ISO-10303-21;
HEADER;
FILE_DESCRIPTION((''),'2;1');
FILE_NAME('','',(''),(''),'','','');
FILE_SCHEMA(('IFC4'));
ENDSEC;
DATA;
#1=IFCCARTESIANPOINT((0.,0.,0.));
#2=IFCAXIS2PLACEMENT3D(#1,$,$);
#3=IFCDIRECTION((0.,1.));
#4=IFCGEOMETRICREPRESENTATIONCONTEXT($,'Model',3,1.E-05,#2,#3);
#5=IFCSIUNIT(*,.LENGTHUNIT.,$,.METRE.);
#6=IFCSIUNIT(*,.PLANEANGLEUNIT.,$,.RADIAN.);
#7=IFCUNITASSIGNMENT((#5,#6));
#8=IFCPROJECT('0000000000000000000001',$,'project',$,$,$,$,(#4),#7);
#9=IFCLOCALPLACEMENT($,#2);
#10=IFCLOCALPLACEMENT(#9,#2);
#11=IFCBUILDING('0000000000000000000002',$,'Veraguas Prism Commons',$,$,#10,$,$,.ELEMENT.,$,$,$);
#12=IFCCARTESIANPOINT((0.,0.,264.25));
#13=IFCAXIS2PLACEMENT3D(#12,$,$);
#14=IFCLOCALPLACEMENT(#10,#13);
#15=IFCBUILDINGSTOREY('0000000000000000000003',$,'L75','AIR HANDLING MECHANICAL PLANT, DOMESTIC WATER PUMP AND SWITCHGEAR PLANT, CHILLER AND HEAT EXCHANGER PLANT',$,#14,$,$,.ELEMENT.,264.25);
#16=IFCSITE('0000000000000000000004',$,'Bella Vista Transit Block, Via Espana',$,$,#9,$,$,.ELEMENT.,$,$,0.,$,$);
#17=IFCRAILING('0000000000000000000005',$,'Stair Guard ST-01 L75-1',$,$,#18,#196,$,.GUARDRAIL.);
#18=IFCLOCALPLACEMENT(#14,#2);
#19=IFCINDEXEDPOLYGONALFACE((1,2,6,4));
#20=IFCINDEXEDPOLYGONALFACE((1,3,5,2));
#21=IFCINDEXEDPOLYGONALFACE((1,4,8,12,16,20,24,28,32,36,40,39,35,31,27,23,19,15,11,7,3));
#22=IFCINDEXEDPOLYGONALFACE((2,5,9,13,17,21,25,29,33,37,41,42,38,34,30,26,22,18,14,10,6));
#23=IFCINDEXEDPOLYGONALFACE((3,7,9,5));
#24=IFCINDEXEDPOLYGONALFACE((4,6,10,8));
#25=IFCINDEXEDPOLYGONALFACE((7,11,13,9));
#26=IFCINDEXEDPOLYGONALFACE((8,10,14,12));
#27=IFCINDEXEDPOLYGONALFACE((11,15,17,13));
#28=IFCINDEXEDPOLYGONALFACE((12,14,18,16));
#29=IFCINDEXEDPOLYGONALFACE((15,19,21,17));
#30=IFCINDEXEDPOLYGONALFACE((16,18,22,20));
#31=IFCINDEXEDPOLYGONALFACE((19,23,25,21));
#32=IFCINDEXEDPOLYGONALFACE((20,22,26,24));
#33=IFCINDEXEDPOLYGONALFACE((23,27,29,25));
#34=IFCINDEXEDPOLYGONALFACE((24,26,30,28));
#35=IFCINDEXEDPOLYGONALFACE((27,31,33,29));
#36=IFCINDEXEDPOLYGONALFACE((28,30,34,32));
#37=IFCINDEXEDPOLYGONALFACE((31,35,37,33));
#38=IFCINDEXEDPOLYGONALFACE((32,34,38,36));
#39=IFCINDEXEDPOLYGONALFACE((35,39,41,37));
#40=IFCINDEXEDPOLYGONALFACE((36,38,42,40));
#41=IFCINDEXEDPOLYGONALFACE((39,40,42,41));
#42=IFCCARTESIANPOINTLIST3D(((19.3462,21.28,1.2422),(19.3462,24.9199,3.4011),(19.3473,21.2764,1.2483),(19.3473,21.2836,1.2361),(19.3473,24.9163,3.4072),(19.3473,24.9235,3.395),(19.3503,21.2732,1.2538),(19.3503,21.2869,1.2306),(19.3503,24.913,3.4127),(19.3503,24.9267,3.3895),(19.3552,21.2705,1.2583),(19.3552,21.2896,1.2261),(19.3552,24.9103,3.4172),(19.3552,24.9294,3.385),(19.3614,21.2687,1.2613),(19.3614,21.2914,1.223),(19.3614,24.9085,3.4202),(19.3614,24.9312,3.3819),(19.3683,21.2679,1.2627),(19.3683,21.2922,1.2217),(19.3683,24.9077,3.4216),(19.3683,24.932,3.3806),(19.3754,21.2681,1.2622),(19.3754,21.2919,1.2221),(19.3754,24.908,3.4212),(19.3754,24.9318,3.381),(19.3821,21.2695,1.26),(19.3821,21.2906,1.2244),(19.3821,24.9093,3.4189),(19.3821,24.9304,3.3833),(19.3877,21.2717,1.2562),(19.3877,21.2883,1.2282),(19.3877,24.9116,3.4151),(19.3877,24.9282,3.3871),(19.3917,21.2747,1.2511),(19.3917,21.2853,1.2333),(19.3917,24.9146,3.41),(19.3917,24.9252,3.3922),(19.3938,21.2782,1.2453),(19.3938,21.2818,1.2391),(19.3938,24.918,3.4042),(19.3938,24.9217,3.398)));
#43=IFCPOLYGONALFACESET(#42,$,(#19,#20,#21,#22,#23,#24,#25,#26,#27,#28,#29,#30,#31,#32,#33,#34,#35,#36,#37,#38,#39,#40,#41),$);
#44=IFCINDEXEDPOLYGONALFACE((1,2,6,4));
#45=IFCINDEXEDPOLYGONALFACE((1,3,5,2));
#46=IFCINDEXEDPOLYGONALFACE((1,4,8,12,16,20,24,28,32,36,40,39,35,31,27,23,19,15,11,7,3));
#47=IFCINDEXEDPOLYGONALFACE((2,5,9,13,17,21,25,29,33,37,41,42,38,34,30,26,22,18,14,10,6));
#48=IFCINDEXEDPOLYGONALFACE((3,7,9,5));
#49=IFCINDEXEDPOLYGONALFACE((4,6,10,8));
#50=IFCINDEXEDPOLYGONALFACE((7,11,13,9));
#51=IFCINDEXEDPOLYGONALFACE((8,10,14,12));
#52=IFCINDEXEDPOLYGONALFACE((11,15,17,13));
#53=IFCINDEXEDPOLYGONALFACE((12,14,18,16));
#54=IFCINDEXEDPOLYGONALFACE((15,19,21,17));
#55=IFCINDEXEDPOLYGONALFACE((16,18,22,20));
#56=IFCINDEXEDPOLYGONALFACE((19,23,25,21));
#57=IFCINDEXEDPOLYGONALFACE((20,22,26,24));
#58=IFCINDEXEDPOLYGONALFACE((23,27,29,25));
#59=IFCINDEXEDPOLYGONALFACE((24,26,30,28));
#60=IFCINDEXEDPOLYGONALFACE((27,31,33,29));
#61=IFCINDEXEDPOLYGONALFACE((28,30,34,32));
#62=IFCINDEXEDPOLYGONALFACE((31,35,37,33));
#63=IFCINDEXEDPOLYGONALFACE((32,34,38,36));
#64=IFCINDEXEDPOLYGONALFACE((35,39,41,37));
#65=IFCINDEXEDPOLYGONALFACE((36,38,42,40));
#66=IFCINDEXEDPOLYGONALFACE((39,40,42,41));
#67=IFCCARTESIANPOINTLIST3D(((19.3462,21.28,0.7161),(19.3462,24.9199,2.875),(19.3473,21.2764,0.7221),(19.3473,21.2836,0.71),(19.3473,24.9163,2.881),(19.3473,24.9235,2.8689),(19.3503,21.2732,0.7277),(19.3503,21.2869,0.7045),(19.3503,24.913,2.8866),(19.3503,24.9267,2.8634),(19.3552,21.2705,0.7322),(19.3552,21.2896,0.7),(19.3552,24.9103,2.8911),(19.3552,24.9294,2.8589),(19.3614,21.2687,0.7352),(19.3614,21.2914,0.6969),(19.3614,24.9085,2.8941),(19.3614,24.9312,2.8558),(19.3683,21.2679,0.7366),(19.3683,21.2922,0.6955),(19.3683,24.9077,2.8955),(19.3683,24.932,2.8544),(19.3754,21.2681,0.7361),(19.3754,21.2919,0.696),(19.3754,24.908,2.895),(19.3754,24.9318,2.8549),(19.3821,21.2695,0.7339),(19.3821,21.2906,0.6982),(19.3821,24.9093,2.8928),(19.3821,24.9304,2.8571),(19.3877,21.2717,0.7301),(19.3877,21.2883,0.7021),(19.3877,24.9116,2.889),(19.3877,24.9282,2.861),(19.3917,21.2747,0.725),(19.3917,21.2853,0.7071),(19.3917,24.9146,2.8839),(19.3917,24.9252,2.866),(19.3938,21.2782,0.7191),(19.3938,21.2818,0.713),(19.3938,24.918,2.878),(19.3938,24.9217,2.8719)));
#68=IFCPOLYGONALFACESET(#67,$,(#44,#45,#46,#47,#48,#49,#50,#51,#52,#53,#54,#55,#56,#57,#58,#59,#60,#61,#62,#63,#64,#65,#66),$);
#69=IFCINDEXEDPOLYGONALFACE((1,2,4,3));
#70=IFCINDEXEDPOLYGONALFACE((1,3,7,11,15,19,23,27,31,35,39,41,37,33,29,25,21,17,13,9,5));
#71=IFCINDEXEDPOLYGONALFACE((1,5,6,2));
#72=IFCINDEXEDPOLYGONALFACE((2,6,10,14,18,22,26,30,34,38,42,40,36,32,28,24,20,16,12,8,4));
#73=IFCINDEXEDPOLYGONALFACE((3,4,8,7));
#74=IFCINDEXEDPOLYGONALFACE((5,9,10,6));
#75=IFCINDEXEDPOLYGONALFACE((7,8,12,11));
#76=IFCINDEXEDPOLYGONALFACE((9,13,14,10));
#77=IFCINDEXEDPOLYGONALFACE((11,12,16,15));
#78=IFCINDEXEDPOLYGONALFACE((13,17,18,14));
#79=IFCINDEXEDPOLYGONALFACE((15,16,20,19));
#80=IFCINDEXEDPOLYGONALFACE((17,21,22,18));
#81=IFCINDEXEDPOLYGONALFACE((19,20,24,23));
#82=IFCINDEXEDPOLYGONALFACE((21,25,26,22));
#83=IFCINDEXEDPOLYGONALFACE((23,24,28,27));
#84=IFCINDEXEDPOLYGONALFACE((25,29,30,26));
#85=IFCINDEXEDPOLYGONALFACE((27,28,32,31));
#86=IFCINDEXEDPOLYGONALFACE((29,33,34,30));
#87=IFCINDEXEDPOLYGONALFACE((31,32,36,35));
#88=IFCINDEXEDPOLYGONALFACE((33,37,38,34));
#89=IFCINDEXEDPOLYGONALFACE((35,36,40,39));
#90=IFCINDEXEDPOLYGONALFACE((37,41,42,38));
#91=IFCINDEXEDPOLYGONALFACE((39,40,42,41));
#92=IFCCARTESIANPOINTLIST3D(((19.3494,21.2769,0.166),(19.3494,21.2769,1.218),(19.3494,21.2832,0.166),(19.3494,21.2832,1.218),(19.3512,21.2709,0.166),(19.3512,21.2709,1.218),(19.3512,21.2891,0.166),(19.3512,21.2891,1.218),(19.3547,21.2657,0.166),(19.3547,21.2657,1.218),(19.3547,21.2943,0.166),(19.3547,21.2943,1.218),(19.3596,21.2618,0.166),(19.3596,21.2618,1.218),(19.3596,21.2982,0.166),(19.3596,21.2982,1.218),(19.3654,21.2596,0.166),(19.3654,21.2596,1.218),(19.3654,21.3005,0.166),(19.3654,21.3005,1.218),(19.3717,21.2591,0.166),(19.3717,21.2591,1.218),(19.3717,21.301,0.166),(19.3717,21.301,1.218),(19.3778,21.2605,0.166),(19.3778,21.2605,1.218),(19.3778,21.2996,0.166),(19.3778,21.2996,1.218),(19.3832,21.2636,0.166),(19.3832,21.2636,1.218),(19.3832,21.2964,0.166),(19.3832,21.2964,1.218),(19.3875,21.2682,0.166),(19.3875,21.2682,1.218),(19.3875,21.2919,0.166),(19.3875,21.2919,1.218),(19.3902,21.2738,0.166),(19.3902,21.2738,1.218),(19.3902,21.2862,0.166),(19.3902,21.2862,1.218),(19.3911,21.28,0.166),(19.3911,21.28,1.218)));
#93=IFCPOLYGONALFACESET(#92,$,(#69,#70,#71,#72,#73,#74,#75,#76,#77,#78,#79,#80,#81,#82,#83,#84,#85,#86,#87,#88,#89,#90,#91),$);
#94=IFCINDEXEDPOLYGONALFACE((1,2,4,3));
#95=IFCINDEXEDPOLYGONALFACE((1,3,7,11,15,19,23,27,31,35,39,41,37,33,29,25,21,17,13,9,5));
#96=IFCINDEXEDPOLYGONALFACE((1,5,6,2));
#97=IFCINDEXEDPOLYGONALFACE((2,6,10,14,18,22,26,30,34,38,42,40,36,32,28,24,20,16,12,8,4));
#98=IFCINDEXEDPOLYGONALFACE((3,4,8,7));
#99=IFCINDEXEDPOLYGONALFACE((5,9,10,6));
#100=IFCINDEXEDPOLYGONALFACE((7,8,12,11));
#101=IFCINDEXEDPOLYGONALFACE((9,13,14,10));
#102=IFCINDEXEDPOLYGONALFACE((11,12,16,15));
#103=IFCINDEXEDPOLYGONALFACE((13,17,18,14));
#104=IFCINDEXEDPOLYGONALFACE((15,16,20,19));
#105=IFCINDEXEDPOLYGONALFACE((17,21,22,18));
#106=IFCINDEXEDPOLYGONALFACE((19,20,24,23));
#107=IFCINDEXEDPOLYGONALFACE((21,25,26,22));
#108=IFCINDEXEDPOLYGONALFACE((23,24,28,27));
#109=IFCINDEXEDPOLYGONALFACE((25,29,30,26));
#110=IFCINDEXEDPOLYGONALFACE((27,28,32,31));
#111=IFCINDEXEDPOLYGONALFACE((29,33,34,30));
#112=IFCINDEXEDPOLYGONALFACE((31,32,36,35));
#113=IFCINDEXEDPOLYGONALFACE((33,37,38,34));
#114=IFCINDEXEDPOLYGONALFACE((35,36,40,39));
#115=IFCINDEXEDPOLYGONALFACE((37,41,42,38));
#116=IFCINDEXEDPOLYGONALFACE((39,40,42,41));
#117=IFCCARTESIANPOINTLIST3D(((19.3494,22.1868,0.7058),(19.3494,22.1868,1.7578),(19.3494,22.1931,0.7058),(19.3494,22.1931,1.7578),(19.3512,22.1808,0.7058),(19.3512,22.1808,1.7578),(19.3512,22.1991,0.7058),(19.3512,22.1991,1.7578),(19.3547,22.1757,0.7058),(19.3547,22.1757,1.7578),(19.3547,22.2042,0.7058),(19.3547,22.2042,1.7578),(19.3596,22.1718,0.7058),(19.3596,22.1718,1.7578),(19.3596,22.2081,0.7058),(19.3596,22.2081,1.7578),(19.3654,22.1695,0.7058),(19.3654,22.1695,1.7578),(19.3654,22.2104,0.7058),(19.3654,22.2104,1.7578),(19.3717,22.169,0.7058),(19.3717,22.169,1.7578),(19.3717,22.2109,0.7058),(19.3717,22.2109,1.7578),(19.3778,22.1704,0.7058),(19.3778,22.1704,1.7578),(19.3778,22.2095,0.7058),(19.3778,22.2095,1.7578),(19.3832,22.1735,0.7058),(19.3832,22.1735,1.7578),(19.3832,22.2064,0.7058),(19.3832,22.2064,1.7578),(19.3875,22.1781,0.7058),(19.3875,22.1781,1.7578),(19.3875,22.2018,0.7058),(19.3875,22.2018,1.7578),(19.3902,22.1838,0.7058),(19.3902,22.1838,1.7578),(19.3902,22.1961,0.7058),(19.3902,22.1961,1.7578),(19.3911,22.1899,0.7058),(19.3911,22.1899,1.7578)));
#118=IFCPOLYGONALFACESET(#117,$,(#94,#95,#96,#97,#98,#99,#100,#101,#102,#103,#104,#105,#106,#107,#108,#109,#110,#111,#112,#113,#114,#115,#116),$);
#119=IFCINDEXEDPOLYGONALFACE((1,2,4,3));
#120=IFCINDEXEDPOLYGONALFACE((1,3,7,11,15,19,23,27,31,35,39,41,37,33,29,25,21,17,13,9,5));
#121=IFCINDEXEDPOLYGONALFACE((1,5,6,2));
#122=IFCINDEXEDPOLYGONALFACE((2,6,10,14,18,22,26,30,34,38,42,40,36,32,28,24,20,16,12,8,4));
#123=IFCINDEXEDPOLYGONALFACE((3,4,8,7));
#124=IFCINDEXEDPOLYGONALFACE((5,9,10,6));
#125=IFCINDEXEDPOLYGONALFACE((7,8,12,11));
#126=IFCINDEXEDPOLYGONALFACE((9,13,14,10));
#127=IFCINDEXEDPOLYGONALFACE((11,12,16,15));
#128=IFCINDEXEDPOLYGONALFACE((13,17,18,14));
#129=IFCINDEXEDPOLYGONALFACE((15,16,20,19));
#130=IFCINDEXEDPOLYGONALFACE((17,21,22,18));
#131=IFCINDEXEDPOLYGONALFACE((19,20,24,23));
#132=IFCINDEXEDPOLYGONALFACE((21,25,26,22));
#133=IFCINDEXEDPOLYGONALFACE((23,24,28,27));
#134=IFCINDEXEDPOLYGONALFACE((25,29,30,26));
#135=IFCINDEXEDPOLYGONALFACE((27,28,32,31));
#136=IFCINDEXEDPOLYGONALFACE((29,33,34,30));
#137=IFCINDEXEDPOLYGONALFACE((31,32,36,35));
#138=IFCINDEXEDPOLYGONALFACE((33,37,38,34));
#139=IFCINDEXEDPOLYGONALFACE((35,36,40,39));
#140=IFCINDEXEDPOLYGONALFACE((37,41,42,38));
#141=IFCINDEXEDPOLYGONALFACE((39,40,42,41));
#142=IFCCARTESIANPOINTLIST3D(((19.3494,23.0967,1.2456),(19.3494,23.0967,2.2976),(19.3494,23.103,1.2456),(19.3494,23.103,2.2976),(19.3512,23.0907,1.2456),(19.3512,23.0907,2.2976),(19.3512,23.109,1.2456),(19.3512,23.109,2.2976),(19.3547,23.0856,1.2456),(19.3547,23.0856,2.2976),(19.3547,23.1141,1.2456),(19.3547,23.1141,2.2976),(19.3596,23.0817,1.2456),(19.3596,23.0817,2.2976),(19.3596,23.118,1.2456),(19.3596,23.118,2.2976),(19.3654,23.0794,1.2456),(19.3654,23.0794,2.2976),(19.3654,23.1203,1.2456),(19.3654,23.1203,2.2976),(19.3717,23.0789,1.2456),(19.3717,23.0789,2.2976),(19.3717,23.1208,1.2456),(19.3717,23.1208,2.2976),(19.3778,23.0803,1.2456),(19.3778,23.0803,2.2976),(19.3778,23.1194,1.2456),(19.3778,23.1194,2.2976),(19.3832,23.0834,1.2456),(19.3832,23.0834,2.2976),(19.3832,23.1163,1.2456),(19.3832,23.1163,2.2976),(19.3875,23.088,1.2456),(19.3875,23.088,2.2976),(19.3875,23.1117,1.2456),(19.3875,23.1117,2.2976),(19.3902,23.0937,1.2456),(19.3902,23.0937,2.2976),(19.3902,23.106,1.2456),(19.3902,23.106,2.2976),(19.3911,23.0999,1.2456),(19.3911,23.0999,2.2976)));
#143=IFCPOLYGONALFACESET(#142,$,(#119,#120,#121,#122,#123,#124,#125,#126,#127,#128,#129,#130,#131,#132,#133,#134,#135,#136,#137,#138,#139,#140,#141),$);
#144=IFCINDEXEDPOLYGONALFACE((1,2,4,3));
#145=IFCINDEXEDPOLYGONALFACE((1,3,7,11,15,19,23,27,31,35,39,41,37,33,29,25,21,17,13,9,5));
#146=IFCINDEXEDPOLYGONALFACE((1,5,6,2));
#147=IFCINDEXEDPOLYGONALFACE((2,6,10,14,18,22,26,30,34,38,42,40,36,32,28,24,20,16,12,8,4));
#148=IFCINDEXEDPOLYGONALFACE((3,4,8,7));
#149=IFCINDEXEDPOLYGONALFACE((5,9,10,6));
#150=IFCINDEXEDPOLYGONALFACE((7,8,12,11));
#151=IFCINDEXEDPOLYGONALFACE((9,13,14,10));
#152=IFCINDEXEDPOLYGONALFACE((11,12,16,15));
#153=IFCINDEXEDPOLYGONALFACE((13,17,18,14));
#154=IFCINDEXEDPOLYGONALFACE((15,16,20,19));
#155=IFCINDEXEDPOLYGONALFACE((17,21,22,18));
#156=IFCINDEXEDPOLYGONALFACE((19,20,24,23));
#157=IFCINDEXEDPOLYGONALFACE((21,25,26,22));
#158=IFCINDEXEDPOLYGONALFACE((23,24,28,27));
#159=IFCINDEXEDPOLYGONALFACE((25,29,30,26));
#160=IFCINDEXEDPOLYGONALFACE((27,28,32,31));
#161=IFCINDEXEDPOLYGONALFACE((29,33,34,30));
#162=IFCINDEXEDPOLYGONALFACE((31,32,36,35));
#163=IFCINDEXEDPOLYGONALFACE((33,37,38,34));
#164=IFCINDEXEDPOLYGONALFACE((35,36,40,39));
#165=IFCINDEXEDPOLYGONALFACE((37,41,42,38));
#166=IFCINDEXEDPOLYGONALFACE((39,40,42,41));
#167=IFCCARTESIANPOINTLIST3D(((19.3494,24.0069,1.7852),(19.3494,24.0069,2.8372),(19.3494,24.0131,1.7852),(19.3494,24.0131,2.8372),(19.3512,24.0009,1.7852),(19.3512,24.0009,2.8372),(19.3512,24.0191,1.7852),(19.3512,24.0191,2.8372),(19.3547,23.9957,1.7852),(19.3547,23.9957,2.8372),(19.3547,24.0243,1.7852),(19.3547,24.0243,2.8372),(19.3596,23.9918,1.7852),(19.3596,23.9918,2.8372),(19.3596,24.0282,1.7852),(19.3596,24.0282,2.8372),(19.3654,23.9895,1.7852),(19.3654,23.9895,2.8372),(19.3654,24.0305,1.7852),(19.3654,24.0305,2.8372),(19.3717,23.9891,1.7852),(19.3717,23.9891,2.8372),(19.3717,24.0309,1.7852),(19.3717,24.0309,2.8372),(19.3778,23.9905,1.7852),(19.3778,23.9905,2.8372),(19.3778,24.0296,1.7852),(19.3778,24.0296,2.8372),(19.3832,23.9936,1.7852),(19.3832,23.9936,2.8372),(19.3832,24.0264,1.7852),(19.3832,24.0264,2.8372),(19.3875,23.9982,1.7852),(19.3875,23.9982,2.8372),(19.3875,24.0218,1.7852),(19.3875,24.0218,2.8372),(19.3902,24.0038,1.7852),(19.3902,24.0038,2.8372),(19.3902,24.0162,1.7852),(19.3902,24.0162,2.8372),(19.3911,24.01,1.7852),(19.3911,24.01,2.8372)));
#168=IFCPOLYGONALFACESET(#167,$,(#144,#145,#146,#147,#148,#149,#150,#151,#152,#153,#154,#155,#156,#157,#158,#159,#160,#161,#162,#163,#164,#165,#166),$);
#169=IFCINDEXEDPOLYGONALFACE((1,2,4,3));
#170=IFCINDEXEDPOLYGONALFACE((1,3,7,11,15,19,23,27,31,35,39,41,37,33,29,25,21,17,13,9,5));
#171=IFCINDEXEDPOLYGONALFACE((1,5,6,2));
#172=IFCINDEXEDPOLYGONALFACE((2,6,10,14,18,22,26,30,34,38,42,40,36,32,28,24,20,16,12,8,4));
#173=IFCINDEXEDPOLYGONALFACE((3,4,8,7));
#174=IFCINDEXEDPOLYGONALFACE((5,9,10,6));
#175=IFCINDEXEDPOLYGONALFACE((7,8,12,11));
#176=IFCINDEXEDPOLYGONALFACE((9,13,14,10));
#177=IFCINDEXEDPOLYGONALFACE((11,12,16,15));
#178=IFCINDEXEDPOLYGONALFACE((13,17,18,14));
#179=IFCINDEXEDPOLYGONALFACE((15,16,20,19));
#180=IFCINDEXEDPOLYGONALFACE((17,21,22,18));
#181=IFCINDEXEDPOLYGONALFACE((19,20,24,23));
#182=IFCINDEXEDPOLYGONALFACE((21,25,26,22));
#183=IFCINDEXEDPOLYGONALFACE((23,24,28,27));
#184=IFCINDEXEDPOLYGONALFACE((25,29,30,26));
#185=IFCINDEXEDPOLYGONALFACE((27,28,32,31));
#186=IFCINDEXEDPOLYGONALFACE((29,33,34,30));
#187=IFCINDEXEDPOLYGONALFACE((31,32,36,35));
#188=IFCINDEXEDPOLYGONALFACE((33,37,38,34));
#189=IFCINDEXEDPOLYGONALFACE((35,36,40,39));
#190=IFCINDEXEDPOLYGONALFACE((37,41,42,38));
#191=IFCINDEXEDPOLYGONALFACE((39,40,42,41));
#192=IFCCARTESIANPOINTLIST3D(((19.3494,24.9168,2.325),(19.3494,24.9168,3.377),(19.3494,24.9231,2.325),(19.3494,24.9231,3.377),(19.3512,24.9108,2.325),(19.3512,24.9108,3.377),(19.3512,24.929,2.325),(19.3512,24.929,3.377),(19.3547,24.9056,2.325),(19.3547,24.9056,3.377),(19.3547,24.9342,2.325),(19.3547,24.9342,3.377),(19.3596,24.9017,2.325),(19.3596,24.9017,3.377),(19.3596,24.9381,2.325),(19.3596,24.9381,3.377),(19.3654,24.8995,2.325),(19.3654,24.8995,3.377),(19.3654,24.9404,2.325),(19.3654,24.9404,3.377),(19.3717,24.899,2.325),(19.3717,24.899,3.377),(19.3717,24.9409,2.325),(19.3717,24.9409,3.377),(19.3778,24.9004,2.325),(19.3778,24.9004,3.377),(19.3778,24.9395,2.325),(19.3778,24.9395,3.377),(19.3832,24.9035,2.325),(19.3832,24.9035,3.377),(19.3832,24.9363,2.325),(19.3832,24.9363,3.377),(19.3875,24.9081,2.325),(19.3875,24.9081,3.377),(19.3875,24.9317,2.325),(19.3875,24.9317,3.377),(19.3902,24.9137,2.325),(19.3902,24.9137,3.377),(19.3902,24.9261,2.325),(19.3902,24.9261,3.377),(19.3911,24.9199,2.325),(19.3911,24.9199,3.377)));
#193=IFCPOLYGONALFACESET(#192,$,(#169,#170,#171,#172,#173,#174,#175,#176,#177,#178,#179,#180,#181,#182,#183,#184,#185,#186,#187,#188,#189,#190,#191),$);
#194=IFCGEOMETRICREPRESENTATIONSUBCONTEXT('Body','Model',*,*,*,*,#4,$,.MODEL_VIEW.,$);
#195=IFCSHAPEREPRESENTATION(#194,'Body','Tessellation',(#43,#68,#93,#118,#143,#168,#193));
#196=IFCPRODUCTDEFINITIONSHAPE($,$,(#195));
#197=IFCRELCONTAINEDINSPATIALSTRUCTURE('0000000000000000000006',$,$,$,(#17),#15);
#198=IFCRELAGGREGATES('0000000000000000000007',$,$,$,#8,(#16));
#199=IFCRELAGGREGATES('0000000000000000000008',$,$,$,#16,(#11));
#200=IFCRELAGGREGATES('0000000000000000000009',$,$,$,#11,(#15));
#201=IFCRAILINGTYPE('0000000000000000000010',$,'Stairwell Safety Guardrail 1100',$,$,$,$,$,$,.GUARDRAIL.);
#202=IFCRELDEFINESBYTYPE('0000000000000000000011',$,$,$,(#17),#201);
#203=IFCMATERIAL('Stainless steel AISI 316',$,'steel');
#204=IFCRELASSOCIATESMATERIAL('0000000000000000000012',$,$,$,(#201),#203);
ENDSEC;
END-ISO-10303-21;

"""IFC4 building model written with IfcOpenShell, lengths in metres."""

from ifc_helpers import new_model, si_unit, direction, frame, origin, origin_2d, place, context, subcontext, project, spatial, circle, extrude, material, type_object, element, save


model = new_model("IFC4")

# Units and contexts
model_context = context("Model", 3, precision=1e-05, world=origin(), true_north=direction((0.0, 1.0)))
body_context = subcontext(model_context, "Body", "Model", "MODEL_VIEW")
ifc_project = project(units=[si_unit("LENGTHUNIT", "METRE"), si_unit("PLANEANGLEUNIT", "RADIAN")], contexts=[model_context])

# Site, building, storey
site_placement = place(None, origin())
site = spatial("IfcSite", under=ifc_project, at=site_placement, Name="Bella Vista Transit Block, Via Espana", CompositionType="ELEMENT", RefElevation=0.0)
building_placement = place(site_placement, origin())
building = spatial("IfcBuilding", under=site, at=building_placement, Name="Veraguas Prism Commons", CompositionType="ELEMENT")
storey_placement = place(building_placement, frame((0.0, 0.0, 264.25)))
storey = spatial("IfcBuildingStorey", under=building, at=storey_placement, Name="L75", Description="AIR HANDLING MECHANICAL PLANT, DOMESTIC WATER PUMP AND SWITCHGEAR PLANT, CHILLER AND HEAT EXCHANGER PLANT", CompositionType="ELEMENT", Elevation=264.25)

# Shared definitions
ifc_material_1 = material(Name="Stainless steel AISI 316", Category="steel")

# Railing
railing_type = type_object("IfcRailingType", Name="Stairwell Safety Guardrail 1100", PredefinedType="GUARDRAIL", material=ifc_material_1)
railing_1_placement = place(storey_placement, frame((19.3701, 21.28, 0.166)))
element("IfcRailing", 1, at=railing_1_placement, inside=storey, type_object=railing_type, Name="Stair Guard ST-01 L75-1", PredefinedType="GUARDRAIL", context=body_context, shape_type="SweptSolid", body=[
    extrude(circle(Radius=0.0239, at=origin_2d()), frame((0.0, 0.0, 1.0762), z_axis=(0.0, 0.860088, 0.510145), x_axis=(-1.0, 0.0, 0.0)), (0.0, 0.0, 1.0), 4.2319),
    extrude(circle(Radius=0.0239, at=origin_2d()), frame((0.0, 0.0, 0.55), z_axis=(0.0, 0.860088, 0.510145), x_axis=(-1.0, 0.0, 0.0)), (0.0, 0.0, 1.0), 4.2319),
    extrude(circle(Radius=0.021, at=origin_2d()), origin(), (0.0, 0.0, 1.0), 1.052),
    extrude(circle(Radius=0.021, at=origin_2d()), frame((0.0, 0.9099, 0.5398)), (0.0, 0.0, 1.0), 1.052),
    extrude(circle(Radius=0.021, at=origin_2d()), frame((0.0, 1.8198, 1.0796)), (0.0, 0.0, 1.0), 1.052),
    extrude(circle(Radius=0.021, at=origin_2d()), frame((0.0, 2.73, 1.6191)), (0.0, 0.0, 1.0), 1.052),
    extrude(circle(Radius=0.021, at=origin_2d()), frame((0.0, 3.6399, 2.1589)), (0.0, 0.0, 1.0), 1.052),
])

save(model, "model.ifc")
